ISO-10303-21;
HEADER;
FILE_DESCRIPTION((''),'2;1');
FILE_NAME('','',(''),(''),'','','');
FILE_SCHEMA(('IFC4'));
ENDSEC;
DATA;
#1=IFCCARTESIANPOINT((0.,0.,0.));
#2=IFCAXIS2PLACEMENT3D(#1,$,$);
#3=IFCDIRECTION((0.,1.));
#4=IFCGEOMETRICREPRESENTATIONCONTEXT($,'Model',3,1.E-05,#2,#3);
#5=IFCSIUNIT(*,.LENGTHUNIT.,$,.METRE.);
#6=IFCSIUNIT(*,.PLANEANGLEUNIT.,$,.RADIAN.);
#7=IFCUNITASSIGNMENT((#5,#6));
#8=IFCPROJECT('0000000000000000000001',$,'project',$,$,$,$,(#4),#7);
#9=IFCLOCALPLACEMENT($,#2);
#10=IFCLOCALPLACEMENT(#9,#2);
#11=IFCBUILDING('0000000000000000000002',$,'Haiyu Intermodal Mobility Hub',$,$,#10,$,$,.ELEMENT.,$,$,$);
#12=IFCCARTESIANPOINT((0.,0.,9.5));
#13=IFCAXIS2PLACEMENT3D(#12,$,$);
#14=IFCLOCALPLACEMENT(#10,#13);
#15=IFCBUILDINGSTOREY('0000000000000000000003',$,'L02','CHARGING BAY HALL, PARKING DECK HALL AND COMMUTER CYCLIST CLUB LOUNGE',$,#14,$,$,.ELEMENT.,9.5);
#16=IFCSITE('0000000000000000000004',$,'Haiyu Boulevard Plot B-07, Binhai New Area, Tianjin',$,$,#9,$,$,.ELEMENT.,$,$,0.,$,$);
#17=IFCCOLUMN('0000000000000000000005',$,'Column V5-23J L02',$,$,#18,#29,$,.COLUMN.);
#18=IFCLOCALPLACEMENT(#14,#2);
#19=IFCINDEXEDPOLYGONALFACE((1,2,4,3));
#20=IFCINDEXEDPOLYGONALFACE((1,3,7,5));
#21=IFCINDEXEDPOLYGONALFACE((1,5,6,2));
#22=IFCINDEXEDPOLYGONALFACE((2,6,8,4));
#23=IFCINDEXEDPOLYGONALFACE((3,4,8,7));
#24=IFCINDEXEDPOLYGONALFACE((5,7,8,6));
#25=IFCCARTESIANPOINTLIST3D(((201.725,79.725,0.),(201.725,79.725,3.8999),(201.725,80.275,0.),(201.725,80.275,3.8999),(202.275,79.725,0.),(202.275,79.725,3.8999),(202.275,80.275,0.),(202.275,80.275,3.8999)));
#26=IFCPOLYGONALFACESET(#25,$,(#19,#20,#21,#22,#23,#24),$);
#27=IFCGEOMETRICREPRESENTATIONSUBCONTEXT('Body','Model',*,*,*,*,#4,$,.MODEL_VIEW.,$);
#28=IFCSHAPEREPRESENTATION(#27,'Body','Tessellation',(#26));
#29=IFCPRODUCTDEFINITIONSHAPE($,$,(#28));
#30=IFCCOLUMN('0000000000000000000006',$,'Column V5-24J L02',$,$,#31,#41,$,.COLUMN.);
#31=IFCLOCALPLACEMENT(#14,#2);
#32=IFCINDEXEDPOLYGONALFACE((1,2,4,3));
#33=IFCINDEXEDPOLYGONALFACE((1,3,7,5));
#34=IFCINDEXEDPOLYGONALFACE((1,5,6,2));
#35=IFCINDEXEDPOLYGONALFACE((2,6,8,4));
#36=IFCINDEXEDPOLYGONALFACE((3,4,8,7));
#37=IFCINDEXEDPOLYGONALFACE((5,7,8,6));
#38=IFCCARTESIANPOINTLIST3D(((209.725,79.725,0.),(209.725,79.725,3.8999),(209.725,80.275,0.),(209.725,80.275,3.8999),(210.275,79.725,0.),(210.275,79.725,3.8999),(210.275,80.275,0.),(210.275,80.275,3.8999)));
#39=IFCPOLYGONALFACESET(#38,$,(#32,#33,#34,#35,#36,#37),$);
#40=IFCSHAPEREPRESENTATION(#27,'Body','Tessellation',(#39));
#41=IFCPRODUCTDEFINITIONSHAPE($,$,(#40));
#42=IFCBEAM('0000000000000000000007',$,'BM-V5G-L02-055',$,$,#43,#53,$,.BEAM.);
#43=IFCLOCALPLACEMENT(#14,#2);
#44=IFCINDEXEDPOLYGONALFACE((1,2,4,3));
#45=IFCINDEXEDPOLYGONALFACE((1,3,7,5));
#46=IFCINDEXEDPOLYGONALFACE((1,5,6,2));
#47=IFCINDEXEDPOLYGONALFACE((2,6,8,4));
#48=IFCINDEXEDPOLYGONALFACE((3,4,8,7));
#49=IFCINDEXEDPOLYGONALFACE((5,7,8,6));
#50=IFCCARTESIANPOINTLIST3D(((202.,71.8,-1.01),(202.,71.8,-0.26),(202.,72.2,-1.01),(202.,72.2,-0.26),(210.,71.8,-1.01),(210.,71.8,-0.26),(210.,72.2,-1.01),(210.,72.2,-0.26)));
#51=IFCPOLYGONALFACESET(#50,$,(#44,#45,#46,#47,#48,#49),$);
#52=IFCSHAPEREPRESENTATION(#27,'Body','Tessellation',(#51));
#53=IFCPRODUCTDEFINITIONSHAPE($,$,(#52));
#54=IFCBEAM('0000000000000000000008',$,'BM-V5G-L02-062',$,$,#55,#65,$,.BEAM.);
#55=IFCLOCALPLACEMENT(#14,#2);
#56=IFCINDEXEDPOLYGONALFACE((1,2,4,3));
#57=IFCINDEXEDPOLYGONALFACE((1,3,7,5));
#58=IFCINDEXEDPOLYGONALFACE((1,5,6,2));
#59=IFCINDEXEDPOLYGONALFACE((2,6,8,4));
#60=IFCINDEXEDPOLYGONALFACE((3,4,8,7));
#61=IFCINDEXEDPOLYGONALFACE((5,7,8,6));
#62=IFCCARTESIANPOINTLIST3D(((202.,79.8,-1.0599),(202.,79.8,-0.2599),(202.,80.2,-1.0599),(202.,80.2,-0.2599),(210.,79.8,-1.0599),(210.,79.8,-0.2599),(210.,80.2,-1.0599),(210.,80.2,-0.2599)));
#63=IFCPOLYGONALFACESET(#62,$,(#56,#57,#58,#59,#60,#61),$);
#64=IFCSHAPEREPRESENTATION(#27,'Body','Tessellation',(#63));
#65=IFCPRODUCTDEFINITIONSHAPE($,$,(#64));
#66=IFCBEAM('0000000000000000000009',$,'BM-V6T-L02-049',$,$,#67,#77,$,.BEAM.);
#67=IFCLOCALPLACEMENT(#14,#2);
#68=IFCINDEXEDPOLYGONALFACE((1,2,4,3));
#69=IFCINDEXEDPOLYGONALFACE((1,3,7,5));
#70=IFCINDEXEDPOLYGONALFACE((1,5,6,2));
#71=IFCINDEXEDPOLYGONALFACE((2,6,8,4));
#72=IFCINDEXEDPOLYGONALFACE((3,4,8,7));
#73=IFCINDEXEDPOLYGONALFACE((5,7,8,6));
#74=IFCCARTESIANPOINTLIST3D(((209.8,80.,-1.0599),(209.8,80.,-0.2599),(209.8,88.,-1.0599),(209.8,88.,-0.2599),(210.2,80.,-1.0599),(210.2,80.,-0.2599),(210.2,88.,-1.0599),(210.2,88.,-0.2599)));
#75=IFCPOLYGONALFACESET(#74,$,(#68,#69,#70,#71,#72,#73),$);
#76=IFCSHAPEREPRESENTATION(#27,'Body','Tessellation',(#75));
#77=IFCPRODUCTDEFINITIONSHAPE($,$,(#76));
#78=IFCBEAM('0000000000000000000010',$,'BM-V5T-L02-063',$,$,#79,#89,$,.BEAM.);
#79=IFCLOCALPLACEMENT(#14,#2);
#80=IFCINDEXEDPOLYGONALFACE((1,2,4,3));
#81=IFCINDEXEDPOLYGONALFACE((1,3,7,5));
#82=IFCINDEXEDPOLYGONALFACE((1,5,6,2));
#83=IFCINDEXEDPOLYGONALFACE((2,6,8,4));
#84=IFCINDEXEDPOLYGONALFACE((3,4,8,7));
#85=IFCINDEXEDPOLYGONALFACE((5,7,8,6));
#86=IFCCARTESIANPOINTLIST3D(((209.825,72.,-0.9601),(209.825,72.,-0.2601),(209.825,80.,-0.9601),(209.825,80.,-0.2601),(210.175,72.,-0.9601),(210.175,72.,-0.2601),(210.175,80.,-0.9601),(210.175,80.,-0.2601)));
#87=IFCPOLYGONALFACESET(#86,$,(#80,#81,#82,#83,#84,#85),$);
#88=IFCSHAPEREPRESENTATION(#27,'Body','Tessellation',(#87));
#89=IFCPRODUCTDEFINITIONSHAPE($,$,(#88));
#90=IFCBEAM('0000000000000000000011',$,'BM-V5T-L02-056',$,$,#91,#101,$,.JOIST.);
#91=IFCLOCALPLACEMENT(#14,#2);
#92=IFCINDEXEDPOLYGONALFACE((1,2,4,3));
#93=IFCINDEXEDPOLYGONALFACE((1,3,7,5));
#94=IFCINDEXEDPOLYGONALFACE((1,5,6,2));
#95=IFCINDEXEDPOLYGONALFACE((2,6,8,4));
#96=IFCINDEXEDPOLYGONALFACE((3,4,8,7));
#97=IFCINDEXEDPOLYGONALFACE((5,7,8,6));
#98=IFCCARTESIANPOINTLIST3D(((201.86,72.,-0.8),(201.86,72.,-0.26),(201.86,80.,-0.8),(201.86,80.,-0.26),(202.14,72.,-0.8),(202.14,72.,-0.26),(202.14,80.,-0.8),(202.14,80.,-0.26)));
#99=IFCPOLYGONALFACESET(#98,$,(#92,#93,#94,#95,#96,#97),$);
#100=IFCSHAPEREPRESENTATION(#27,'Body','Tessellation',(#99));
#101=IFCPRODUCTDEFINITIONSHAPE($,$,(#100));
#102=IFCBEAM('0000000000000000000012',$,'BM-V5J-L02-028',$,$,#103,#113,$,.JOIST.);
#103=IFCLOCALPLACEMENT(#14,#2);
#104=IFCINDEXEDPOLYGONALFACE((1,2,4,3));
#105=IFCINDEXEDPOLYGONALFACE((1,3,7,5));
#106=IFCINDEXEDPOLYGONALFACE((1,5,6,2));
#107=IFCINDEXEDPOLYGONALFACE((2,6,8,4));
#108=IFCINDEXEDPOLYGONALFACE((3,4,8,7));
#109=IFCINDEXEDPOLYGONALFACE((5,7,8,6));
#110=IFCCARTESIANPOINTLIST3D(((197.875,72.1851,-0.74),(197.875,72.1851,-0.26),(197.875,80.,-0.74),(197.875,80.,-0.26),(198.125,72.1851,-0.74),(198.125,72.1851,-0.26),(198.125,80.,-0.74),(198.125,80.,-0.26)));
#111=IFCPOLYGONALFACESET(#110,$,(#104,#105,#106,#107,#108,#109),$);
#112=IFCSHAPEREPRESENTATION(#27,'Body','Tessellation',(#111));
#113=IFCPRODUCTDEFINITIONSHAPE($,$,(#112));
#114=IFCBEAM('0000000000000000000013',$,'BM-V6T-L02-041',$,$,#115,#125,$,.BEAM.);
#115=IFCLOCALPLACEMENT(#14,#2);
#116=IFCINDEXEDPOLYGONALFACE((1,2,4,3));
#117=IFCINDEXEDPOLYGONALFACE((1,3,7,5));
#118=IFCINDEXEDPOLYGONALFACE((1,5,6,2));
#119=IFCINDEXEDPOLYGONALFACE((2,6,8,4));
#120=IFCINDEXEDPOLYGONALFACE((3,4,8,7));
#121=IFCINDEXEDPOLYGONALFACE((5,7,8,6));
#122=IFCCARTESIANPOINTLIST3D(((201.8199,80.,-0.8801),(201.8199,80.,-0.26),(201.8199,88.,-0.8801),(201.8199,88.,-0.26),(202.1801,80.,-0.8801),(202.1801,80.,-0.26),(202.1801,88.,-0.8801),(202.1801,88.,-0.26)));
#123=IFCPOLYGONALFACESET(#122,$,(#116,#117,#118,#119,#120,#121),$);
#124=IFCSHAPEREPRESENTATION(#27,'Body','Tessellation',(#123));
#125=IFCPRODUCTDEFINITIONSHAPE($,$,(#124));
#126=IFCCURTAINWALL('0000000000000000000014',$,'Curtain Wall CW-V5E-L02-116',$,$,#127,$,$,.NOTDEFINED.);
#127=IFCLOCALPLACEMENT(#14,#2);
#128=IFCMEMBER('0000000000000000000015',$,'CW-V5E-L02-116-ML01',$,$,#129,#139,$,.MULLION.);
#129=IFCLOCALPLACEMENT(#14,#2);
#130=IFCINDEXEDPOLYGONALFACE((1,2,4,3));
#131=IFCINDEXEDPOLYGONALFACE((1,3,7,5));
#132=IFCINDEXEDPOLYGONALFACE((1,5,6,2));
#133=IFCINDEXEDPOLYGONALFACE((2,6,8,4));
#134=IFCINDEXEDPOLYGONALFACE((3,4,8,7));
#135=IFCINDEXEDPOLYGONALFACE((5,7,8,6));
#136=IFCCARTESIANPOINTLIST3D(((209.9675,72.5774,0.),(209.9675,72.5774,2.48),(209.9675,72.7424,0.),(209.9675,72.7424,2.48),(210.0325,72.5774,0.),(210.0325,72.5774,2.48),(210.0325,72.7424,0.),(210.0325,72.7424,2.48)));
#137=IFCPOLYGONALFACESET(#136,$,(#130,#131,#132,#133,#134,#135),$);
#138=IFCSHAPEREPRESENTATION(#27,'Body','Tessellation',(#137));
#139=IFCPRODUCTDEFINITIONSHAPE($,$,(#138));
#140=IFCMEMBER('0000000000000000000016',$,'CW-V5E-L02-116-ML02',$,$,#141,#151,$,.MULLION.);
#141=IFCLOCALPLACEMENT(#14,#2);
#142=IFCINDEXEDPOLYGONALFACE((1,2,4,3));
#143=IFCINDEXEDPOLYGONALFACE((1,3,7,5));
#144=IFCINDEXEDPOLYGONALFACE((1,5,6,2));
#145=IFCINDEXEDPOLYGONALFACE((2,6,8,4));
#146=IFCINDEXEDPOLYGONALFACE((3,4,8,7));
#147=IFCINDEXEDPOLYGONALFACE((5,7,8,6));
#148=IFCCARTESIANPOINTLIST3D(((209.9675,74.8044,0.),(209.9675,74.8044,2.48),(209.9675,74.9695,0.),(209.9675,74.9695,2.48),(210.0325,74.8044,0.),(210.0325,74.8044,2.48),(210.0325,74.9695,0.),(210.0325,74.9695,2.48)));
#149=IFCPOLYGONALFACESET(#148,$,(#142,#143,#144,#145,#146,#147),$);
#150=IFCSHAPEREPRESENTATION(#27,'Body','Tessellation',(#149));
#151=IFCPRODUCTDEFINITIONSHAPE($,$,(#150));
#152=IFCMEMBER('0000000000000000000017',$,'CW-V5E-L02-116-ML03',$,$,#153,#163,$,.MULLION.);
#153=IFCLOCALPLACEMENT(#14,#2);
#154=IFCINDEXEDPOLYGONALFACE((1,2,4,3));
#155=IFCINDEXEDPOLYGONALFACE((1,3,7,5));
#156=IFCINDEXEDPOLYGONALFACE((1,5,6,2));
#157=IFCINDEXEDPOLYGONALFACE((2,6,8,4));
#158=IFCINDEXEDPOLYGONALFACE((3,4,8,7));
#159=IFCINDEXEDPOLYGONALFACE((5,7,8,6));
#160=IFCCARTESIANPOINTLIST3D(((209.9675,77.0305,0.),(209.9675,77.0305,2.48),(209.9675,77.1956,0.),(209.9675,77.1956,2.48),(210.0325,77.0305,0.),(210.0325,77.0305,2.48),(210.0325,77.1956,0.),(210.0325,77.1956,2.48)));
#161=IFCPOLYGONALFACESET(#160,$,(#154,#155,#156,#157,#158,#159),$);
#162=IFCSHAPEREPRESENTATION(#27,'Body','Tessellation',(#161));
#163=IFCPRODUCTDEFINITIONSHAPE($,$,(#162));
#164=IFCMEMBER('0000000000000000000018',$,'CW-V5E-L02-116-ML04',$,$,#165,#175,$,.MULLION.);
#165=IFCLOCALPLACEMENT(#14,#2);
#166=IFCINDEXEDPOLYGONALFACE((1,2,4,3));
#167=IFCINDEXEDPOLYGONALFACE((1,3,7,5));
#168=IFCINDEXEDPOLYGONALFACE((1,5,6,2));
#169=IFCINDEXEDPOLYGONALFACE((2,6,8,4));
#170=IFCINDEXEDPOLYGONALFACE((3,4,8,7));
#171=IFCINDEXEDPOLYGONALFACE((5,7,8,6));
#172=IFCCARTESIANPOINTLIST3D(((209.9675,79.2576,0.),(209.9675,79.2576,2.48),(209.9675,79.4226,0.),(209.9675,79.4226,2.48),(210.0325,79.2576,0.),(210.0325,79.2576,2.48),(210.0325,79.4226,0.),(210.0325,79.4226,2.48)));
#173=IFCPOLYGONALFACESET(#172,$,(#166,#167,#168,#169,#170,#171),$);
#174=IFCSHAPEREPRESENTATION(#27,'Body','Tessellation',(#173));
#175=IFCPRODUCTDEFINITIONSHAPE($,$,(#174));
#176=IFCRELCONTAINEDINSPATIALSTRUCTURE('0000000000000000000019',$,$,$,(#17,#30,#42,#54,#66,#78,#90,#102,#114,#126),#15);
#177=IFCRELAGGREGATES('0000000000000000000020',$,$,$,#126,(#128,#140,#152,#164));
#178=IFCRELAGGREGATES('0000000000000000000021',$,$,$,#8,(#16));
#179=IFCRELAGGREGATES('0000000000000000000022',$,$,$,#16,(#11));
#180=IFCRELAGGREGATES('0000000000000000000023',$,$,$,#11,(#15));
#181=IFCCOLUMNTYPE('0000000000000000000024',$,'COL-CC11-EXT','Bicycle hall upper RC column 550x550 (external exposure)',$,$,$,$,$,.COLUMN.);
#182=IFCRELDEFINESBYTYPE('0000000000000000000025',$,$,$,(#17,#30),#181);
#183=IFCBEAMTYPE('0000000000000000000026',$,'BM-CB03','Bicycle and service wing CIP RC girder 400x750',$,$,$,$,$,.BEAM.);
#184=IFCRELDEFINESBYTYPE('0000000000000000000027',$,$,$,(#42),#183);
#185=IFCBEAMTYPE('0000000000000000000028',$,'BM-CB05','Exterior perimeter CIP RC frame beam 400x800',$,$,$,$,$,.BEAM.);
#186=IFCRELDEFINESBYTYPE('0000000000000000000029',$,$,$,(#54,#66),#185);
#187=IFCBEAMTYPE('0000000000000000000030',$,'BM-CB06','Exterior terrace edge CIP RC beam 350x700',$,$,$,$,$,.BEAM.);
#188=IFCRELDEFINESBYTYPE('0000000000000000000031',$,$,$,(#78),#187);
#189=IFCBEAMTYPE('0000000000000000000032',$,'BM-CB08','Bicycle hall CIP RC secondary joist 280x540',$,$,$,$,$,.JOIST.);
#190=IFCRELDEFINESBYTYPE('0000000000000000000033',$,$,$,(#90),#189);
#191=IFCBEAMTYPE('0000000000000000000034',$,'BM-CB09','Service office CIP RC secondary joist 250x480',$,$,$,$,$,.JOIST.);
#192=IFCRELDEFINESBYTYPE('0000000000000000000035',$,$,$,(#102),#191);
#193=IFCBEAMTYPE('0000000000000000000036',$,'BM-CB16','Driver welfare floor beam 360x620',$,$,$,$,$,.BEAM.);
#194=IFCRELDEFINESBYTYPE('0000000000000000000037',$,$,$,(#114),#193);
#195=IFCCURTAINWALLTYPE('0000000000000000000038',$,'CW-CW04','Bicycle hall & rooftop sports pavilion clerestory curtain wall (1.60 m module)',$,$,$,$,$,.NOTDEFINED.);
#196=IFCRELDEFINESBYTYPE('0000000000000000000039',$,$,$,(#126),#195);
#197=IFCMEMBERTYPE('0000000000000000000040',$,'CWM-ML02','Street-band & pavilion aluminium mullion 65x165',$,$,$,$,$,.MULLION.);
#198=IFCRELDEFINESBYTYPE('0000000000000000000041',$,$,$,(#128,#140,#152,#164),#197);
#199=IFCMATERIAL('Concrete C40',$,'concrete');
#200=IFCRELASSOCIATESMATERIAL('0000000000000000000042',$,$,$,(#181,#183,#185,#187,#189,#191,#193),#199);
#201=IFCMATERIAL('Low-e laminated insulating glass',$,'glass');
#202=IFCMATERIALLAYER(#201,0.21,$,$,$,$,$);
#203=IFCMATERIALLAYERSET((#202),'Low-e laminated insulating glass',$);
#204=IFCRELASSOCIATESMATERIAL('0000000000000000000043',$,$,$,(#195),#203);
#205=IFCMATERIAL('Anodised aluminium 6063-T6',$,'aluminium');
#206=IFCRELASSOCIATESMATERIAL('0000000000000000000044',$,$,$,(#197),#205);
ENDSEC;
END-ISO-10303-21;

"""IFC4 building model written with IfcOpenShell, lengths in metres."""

from ifc_helpers import new_model, si_unit, direction, frame, origin, origin_2d, place, context, subcontext, project, spatial, rectangle, extrude, material, layer, layer_set, material_profile, profile_set, type_object, element, aggregate, save


model = new_model("IFC4")

# Units and contexts
model_context = context("Model", 3, precision=1e-05, world=origin(), true_north=direction((0.0, 1.0)))
body_context = subcontext(model_context, "Body", "Model", "MODEL_VIEW")
ifc_project = project(units=[si_unit("LENGTHUNIT", "METRE"), si_unit("PLANEANGLEUNIT", "RADIAN")], contexts=[model_context])

# Site, building, storey
site_placement = place(None, origin())
site = spatial("IfcSite", under=ifc_project, at=site_placement, Name="Haiyu Boulevard Plot B-07, Binhai New Area, Tianjin", CompositionType="ELEMENT", RefElevation=0.0)
building_placement = place(site_placement, origin())
building = spatial("IfcBuilding", under=site, at=building_placement, Name="Haiyu Intermodal Mobility Hub", CompositionType="ELEMENT")
storey_placement = place(building_placement, frame((0.0, 0.0, 9.5)))
storey = spatial("IfcBuildingStorey", under=building, at=storey_placement, Name="L02", Description="CHARGING BAY HALL, PARKING DECK HALL AND COMMUTER CYCLIST CLUB LOUNGE", CompositionType="ELEMENT", Elevation=9.5)

# Columns
ifc_material_1 = material(Name="Concrete C40", Category="concrete")
ifc_material_profile_1 = material_profile(ifc_material_1, rectangle(XDim=0.55, YDim=0.55, at=origin_2d()), Name="RC550x550")
ifc_profile_set_1 = profile_set([ifc_material_profile_1], Name="Concrete C40")
column_type = type_object("IfcColumnType", Name="COL-CC11-EXT", Description="Bicycle hall upper RC column 550x550 (external exposure)", PredefinedType="COLUMN", material=ifc_profile_set_1)
for number, where, z_axis, x_axis, name in (
    (1, (202.0, 80.0, 0.0), (0.0, 0.0, 1.0), (1.0, 0.0, 0.0), "Column V5-23J L02"),
    (2, (210.0, 80.0, 0.0), (0.0, 0.0, 1.0), (1.0, 0.0, 0.0), "Column V5-24J L02"),
):
    element("IfcColumn", number, at=place(storey_placement, frame(where, z_axis=z_axis, x_axis=x_axis)), inside=storey, type_object=column_type, Name=name, PredefinedType="COLUMN", context=body_context, shape_type="SweptSolid", body=[
        extrude(rectangle(XDim=0.55, YDim=0.55, at=origin_2d()), origin(), (0.0, 0.0, 1.0), 3.8999),
    ])

# Beams
ifc_material_profile_2 = material_profile(ifc_material_1, rectangle(XDim=0.3999, YDim=0.75, at=origin_2d()), Name="RCB400x750")
ifc_profile_set_2 = profile_set([ifc_material_profile_2], Name="Concrete C40")
beam_type_1 = type_object("IfcBeamType", Name="BM-CB03", Description="Bicycle and service wing CIP RC girder 400x750", PredefinedType="BEAM", material=ifc_profile_set_2)
beam_1_placement = place(storey_placement, frame((202.0, 72.0, -0.635), z_axis=(1.0, 0.0, 0.0), x_axis=(0.0, 1.0, 0.0)))
element("IfcBeam", 3, at=beam_1_placement, inside=storey, type_object=beam_type_1, Name="BM-V5G-L02-055", PredefinedType="BEAM", context=body_context, shape_type="SweptSolid", body=[
    extrude(rectangle(XDim=0.3999, YDim=0.75, at=origin_2d()), origin(), (0.0, 0.0, 1.0), 8.0),
])
ifc_material_profile_3 = material_profile(ifc_material_1, rectangle(XDim=0.3999, YDim=0.8, at=origin_2d()), Name="RCB400x800")
ifc_profile_set_3 = profile_set([ifc_material_profile_3], Name="Concrete C40")
beam_type_2 = type_object("IfcBeamType", Name="BM-CB05", Description="Exterior perimeter CIP RC frame beam 400x800", PredefinedType="BEAM", material=ifc_profile_set_3)
for number, where, z_axis, x_axis, name in (
    (4, (202.0, 80.0, -0.6599), (1.0, 0.0, 0.0), (0.0, 1.0, 0.0), "BM-V5G-L02-062"),
    (5, (210.0, 80.0, -0.6599), (0.0, 1.0, 0.0), (-1.0, 0.0, 0.0), "BM-V6T-L02-049"),
):
    element("IfcBeam", number, at=place(storey_placement, frame(where, z_axis=z_axis, x_axis=x_axis)), inside=storey, type_object=beam_type_2, Name=name, PredefinedType="BEAM", context=body_context, shape_type="SweptSolid", body=[
        extrude(rectangle(XDim=0.3999, YDim=0.8, at=origin_2d()), origin(), (0.0, 0.0, 1.0), 8.0),
    ])
ifc_material_profile_4 = material_profile(ifc_material_1, rectangle(XDim=0.3501, YDim=0.7, at=origin_2d()), Name="RCB350x700")
ifc_profile_set_4 = profile_set([ifc_material_profile_4], Name="Concrete C40")
beam_type_3 = type_object("IfcBeamType", Name="BM-CB06", Description="Exterior terrace edge CIP RC beam 350x700", PredefinedType="BEAM", material=ifc_profile_set_4)
beam_2_placement = place(storey_placement, frame((210.0, 72.0, -0.6101), z_axis=(0.0, 1.0, 0.0), x_axis=(-1.0, 0.0, 0.0)))
element("IfcBeam", 6, at=beam_2_placement, inside=storey, type_object=beam_type_3, Name="BM-V5T-L02-063", PredefinedType="BEAM", context=body_context, shape_type="SweptSolid", body=[
    extrude(rectangle(XDim=0.3501, YDim=0.7, at=origin_2d()), origin(), (0.0, 0.0, 1.0), 8.0),
])
ifc_material_profile_5 = material_profile(ifc_material_1, rectangle(XDim=0.28, YDim=0.54, at=origin_2d()), Name="RCB280x540")
ifc_profile_set_5 = profile_set([ifc_material_profile_5], Name="Concrete C40")
beam_type_4 = type_object("IfcBeamType", Name="BM-CB08", Description="Bicycle hall CIP RC secondary joist 280x540", PredefinedType="JOIST", material=ifc_profile_set_5)
beam_3_placement = place(storey_placement, frame((202.0, 72.0, -0.53), z_axis=(0.0, 1.0, 0.0), x_axis=(-1.0, 0.0, 0.0)))
element("IfcBeam", 7, at=beam_3_placement, inside=storey, type_object=beam_type_4, Name="BM-V5T-L02-056", PredefinedType="JOIST", context=body_context, shape_type="SweptSolid", body=[
    extrude(rectangle(XDim=0.28, YDim=0.54, at=origin_2d()), origin(), (0.0, 0.0, 1.0), 8.0),
])
ifc_material_profile_6 = material_profile(ifc_material_1, rectangle(XDim=0.25, YDim=0.48, at=origin_2d()), Name="RCB250x480")
ifc_profile_set_6 = profile_set([ifc_material_profile_6], Name="Concrete C40")
beam_type_5 = type_object("IfcBeamType", Name="BM-CB09", Description="Service office CIP RC secondary joist 250x480", PredefinedType="JOIST", material=ifc_profile_set_6)
beam_4_placement = place(storey_placement, frame((198.0, 72.1851, -0.5), z_axis=(0.0, 1.0, 0.0), x_axis=(-1.0, 0.0, 0.0)))
element("IfcBeam", 8, at=beam_4_placement, inside=storey, type_object=beam_type_5, Name="BM-V5J-L02-028", PredefinedType="JOIST", context=body_context, shape_type="SweptSolid", body=[
    extrude(rectangle(XDim=0.25, YDim=0.48, at=origin_2d()), origin(), (0.0, 0.0, 1.0), 7.8149),
])
ifc_material_profile_7 = material_profile(ifc_material_1, rectangle(XDim=0.3601, YDim=0.6201, at=origin_2d()), Name="B360x620")
ifc_profile_set_7 = profile_set([ifc_material_profile_7], Name="Concrete C40")
beam_type_6 = type_object("IfcBeamType", Name="BM-CB16", Description="Driver welfare floor beam 360x620", PredefinedType="BEAM", material=ifc_profile_set_7)
beam_5_placement = place(storey_placement, frame((202.0, 80.0, -0.5701), z_axis=(0.0, 1.0, 0.0), x_axis=(-1.0, 0.0, 0.0)))
element("IfcBeam", 9, at=beam_5_placement, inside=storey, type_object=beam_type_6, Name="BM-V6T-L02-041", PredefinedType="BEAM", context=body_context, shape_type="SweptSolid", body=[
    extrude(rectangle(XDim=0.3601, YDim=0.6201, at=origin_2d()), origin(), (0.0, 0.0, 1.0), 8.0),
])

# Curtain wall, members
ifc_material_2 = material(Name="Low-e laminated insulating glass", Category="glass")
ifc_layer_1 = layer(ifc_material_2, 0.21)
ifc_layer_set_1 = layer_set([ifc_layer_1], Name="Low-e laminated insulating glass")
curtain_wall_type = type_object("IfcCurtainWallType", Name="CW-CW04", Description="Bicycle hall & rooftop sports pavilion clerestory curtain wall (1.60 m module)", PredefinedType="NOTDEFINED", material=ifc_layer_set_1)
curtain_wall_placement = place(storey_placement, origin())
curtain_wall = element("IfcCurtainWall", 10, at=curtain_wall_placement, inside=storey, type_object=curtain_wall_type, Name="Curtain Wall CW-V5E-L02-116", PredefinedType="NOTDEFINED")
ifc_material_3 = material(Name="Anodised aluminium 6063-T6", Category="aluminium")
ifc_material_profile_8 = material_profile(ifc_material_3, rectangle(XDim=0.0649, YDim=0.165, at=origin_2d()), Name="ALU65x165")
ifc_profile_set_8 = profile_set([ifc_material_profile_8], Name="Anodised aluminium 6063-T6")
member_type_1 = type_object("IfcMemberType", Name="CWM-ML02", Description="Street-band & pavilion aluminium mullion 65x165", PredefinedType="MULLION", material=ifc_profile_set_8)
member_1_placement = place(storey_placement, frame((210.0, 72.6599, 0.0), z_axis=(0.0, 0.0, 1.0), x_axis=(1.0, 0.0, 0.0)))
member_1 = element("IfcMember", 11, at=member_1_placement, type_object=member_type_1, Name="CW-V5E-L02-116-ML01", PredefinedType="MULLION", context=body_context, shape_type="SweptSolid", body=[
    extrude(rectangle(XDim=0.0649, YDim=0.165, at=origin_2d()), origin(), (0.0, 0.0, 1.0), 2.48),
])
member_2_placement = place(storey_placement, frame((210.0, 74.887, 0.0), z_axis=(0.0, 0.0, 1.0), x_axis=(1.0, 0.0, 0.0)))
member_2 = element("IfcMember", 12, at=member_2_placement, type_object=member_type_1, Name="CW-V5E-L02-116-ML02", PredefinedType="MULLION", context=body_context, shape_type="SweptSolid", body=[
    extrude(rectangle(XDim=0.0649, YDim=0.165, at=origin_2d()), origin(), (0.0, 0.0, 1.0), 2.48),
])
member_3_placement = place(storey_placement, frame((210.0, 77.113, 0.0), z_axis=(0.0, 0.0, 1.0), x_axis=(1.0, 0.0, 0.0)))
member_3 = element("IfcMember", 13, at=member_3_placement, type_object=member_type_1, Name="CW-V5E-L02-116-ML03", PredefinedType="MULLION", context=body_context, shape_type="SweptSolid", body=[
    extrude(rectangle(XDim=0.0649, YDim=0.165, at=origin_2d()), origin(), (0.0, 0.0, 1.0), 2.48),
])
member_4_placement = place(storey_placement, frame((210.0, 79.3401, 0.0), z_axis=(0.0, 0.0, 1.0), x_axis=(1.0, 0.0, 0.0)))
member_4 = element("IfcMember", 14, at=member_4_placement, type_object=member_type_1, Name="CW-V5E-L02-116-ML04", PredefinedType="MULLION", context=body_context, shape_type="SweptSolid", body=[
    extrude(rectangle(XDim=0.0649, YDim=0.165, at=origin_2d()), origin(), (0.0, 0.0, 1.0), 2.48),
])
aggregate(curtain_wall, [member_1, member_2, member_3, member_4])

save(model, "model.ifc")
